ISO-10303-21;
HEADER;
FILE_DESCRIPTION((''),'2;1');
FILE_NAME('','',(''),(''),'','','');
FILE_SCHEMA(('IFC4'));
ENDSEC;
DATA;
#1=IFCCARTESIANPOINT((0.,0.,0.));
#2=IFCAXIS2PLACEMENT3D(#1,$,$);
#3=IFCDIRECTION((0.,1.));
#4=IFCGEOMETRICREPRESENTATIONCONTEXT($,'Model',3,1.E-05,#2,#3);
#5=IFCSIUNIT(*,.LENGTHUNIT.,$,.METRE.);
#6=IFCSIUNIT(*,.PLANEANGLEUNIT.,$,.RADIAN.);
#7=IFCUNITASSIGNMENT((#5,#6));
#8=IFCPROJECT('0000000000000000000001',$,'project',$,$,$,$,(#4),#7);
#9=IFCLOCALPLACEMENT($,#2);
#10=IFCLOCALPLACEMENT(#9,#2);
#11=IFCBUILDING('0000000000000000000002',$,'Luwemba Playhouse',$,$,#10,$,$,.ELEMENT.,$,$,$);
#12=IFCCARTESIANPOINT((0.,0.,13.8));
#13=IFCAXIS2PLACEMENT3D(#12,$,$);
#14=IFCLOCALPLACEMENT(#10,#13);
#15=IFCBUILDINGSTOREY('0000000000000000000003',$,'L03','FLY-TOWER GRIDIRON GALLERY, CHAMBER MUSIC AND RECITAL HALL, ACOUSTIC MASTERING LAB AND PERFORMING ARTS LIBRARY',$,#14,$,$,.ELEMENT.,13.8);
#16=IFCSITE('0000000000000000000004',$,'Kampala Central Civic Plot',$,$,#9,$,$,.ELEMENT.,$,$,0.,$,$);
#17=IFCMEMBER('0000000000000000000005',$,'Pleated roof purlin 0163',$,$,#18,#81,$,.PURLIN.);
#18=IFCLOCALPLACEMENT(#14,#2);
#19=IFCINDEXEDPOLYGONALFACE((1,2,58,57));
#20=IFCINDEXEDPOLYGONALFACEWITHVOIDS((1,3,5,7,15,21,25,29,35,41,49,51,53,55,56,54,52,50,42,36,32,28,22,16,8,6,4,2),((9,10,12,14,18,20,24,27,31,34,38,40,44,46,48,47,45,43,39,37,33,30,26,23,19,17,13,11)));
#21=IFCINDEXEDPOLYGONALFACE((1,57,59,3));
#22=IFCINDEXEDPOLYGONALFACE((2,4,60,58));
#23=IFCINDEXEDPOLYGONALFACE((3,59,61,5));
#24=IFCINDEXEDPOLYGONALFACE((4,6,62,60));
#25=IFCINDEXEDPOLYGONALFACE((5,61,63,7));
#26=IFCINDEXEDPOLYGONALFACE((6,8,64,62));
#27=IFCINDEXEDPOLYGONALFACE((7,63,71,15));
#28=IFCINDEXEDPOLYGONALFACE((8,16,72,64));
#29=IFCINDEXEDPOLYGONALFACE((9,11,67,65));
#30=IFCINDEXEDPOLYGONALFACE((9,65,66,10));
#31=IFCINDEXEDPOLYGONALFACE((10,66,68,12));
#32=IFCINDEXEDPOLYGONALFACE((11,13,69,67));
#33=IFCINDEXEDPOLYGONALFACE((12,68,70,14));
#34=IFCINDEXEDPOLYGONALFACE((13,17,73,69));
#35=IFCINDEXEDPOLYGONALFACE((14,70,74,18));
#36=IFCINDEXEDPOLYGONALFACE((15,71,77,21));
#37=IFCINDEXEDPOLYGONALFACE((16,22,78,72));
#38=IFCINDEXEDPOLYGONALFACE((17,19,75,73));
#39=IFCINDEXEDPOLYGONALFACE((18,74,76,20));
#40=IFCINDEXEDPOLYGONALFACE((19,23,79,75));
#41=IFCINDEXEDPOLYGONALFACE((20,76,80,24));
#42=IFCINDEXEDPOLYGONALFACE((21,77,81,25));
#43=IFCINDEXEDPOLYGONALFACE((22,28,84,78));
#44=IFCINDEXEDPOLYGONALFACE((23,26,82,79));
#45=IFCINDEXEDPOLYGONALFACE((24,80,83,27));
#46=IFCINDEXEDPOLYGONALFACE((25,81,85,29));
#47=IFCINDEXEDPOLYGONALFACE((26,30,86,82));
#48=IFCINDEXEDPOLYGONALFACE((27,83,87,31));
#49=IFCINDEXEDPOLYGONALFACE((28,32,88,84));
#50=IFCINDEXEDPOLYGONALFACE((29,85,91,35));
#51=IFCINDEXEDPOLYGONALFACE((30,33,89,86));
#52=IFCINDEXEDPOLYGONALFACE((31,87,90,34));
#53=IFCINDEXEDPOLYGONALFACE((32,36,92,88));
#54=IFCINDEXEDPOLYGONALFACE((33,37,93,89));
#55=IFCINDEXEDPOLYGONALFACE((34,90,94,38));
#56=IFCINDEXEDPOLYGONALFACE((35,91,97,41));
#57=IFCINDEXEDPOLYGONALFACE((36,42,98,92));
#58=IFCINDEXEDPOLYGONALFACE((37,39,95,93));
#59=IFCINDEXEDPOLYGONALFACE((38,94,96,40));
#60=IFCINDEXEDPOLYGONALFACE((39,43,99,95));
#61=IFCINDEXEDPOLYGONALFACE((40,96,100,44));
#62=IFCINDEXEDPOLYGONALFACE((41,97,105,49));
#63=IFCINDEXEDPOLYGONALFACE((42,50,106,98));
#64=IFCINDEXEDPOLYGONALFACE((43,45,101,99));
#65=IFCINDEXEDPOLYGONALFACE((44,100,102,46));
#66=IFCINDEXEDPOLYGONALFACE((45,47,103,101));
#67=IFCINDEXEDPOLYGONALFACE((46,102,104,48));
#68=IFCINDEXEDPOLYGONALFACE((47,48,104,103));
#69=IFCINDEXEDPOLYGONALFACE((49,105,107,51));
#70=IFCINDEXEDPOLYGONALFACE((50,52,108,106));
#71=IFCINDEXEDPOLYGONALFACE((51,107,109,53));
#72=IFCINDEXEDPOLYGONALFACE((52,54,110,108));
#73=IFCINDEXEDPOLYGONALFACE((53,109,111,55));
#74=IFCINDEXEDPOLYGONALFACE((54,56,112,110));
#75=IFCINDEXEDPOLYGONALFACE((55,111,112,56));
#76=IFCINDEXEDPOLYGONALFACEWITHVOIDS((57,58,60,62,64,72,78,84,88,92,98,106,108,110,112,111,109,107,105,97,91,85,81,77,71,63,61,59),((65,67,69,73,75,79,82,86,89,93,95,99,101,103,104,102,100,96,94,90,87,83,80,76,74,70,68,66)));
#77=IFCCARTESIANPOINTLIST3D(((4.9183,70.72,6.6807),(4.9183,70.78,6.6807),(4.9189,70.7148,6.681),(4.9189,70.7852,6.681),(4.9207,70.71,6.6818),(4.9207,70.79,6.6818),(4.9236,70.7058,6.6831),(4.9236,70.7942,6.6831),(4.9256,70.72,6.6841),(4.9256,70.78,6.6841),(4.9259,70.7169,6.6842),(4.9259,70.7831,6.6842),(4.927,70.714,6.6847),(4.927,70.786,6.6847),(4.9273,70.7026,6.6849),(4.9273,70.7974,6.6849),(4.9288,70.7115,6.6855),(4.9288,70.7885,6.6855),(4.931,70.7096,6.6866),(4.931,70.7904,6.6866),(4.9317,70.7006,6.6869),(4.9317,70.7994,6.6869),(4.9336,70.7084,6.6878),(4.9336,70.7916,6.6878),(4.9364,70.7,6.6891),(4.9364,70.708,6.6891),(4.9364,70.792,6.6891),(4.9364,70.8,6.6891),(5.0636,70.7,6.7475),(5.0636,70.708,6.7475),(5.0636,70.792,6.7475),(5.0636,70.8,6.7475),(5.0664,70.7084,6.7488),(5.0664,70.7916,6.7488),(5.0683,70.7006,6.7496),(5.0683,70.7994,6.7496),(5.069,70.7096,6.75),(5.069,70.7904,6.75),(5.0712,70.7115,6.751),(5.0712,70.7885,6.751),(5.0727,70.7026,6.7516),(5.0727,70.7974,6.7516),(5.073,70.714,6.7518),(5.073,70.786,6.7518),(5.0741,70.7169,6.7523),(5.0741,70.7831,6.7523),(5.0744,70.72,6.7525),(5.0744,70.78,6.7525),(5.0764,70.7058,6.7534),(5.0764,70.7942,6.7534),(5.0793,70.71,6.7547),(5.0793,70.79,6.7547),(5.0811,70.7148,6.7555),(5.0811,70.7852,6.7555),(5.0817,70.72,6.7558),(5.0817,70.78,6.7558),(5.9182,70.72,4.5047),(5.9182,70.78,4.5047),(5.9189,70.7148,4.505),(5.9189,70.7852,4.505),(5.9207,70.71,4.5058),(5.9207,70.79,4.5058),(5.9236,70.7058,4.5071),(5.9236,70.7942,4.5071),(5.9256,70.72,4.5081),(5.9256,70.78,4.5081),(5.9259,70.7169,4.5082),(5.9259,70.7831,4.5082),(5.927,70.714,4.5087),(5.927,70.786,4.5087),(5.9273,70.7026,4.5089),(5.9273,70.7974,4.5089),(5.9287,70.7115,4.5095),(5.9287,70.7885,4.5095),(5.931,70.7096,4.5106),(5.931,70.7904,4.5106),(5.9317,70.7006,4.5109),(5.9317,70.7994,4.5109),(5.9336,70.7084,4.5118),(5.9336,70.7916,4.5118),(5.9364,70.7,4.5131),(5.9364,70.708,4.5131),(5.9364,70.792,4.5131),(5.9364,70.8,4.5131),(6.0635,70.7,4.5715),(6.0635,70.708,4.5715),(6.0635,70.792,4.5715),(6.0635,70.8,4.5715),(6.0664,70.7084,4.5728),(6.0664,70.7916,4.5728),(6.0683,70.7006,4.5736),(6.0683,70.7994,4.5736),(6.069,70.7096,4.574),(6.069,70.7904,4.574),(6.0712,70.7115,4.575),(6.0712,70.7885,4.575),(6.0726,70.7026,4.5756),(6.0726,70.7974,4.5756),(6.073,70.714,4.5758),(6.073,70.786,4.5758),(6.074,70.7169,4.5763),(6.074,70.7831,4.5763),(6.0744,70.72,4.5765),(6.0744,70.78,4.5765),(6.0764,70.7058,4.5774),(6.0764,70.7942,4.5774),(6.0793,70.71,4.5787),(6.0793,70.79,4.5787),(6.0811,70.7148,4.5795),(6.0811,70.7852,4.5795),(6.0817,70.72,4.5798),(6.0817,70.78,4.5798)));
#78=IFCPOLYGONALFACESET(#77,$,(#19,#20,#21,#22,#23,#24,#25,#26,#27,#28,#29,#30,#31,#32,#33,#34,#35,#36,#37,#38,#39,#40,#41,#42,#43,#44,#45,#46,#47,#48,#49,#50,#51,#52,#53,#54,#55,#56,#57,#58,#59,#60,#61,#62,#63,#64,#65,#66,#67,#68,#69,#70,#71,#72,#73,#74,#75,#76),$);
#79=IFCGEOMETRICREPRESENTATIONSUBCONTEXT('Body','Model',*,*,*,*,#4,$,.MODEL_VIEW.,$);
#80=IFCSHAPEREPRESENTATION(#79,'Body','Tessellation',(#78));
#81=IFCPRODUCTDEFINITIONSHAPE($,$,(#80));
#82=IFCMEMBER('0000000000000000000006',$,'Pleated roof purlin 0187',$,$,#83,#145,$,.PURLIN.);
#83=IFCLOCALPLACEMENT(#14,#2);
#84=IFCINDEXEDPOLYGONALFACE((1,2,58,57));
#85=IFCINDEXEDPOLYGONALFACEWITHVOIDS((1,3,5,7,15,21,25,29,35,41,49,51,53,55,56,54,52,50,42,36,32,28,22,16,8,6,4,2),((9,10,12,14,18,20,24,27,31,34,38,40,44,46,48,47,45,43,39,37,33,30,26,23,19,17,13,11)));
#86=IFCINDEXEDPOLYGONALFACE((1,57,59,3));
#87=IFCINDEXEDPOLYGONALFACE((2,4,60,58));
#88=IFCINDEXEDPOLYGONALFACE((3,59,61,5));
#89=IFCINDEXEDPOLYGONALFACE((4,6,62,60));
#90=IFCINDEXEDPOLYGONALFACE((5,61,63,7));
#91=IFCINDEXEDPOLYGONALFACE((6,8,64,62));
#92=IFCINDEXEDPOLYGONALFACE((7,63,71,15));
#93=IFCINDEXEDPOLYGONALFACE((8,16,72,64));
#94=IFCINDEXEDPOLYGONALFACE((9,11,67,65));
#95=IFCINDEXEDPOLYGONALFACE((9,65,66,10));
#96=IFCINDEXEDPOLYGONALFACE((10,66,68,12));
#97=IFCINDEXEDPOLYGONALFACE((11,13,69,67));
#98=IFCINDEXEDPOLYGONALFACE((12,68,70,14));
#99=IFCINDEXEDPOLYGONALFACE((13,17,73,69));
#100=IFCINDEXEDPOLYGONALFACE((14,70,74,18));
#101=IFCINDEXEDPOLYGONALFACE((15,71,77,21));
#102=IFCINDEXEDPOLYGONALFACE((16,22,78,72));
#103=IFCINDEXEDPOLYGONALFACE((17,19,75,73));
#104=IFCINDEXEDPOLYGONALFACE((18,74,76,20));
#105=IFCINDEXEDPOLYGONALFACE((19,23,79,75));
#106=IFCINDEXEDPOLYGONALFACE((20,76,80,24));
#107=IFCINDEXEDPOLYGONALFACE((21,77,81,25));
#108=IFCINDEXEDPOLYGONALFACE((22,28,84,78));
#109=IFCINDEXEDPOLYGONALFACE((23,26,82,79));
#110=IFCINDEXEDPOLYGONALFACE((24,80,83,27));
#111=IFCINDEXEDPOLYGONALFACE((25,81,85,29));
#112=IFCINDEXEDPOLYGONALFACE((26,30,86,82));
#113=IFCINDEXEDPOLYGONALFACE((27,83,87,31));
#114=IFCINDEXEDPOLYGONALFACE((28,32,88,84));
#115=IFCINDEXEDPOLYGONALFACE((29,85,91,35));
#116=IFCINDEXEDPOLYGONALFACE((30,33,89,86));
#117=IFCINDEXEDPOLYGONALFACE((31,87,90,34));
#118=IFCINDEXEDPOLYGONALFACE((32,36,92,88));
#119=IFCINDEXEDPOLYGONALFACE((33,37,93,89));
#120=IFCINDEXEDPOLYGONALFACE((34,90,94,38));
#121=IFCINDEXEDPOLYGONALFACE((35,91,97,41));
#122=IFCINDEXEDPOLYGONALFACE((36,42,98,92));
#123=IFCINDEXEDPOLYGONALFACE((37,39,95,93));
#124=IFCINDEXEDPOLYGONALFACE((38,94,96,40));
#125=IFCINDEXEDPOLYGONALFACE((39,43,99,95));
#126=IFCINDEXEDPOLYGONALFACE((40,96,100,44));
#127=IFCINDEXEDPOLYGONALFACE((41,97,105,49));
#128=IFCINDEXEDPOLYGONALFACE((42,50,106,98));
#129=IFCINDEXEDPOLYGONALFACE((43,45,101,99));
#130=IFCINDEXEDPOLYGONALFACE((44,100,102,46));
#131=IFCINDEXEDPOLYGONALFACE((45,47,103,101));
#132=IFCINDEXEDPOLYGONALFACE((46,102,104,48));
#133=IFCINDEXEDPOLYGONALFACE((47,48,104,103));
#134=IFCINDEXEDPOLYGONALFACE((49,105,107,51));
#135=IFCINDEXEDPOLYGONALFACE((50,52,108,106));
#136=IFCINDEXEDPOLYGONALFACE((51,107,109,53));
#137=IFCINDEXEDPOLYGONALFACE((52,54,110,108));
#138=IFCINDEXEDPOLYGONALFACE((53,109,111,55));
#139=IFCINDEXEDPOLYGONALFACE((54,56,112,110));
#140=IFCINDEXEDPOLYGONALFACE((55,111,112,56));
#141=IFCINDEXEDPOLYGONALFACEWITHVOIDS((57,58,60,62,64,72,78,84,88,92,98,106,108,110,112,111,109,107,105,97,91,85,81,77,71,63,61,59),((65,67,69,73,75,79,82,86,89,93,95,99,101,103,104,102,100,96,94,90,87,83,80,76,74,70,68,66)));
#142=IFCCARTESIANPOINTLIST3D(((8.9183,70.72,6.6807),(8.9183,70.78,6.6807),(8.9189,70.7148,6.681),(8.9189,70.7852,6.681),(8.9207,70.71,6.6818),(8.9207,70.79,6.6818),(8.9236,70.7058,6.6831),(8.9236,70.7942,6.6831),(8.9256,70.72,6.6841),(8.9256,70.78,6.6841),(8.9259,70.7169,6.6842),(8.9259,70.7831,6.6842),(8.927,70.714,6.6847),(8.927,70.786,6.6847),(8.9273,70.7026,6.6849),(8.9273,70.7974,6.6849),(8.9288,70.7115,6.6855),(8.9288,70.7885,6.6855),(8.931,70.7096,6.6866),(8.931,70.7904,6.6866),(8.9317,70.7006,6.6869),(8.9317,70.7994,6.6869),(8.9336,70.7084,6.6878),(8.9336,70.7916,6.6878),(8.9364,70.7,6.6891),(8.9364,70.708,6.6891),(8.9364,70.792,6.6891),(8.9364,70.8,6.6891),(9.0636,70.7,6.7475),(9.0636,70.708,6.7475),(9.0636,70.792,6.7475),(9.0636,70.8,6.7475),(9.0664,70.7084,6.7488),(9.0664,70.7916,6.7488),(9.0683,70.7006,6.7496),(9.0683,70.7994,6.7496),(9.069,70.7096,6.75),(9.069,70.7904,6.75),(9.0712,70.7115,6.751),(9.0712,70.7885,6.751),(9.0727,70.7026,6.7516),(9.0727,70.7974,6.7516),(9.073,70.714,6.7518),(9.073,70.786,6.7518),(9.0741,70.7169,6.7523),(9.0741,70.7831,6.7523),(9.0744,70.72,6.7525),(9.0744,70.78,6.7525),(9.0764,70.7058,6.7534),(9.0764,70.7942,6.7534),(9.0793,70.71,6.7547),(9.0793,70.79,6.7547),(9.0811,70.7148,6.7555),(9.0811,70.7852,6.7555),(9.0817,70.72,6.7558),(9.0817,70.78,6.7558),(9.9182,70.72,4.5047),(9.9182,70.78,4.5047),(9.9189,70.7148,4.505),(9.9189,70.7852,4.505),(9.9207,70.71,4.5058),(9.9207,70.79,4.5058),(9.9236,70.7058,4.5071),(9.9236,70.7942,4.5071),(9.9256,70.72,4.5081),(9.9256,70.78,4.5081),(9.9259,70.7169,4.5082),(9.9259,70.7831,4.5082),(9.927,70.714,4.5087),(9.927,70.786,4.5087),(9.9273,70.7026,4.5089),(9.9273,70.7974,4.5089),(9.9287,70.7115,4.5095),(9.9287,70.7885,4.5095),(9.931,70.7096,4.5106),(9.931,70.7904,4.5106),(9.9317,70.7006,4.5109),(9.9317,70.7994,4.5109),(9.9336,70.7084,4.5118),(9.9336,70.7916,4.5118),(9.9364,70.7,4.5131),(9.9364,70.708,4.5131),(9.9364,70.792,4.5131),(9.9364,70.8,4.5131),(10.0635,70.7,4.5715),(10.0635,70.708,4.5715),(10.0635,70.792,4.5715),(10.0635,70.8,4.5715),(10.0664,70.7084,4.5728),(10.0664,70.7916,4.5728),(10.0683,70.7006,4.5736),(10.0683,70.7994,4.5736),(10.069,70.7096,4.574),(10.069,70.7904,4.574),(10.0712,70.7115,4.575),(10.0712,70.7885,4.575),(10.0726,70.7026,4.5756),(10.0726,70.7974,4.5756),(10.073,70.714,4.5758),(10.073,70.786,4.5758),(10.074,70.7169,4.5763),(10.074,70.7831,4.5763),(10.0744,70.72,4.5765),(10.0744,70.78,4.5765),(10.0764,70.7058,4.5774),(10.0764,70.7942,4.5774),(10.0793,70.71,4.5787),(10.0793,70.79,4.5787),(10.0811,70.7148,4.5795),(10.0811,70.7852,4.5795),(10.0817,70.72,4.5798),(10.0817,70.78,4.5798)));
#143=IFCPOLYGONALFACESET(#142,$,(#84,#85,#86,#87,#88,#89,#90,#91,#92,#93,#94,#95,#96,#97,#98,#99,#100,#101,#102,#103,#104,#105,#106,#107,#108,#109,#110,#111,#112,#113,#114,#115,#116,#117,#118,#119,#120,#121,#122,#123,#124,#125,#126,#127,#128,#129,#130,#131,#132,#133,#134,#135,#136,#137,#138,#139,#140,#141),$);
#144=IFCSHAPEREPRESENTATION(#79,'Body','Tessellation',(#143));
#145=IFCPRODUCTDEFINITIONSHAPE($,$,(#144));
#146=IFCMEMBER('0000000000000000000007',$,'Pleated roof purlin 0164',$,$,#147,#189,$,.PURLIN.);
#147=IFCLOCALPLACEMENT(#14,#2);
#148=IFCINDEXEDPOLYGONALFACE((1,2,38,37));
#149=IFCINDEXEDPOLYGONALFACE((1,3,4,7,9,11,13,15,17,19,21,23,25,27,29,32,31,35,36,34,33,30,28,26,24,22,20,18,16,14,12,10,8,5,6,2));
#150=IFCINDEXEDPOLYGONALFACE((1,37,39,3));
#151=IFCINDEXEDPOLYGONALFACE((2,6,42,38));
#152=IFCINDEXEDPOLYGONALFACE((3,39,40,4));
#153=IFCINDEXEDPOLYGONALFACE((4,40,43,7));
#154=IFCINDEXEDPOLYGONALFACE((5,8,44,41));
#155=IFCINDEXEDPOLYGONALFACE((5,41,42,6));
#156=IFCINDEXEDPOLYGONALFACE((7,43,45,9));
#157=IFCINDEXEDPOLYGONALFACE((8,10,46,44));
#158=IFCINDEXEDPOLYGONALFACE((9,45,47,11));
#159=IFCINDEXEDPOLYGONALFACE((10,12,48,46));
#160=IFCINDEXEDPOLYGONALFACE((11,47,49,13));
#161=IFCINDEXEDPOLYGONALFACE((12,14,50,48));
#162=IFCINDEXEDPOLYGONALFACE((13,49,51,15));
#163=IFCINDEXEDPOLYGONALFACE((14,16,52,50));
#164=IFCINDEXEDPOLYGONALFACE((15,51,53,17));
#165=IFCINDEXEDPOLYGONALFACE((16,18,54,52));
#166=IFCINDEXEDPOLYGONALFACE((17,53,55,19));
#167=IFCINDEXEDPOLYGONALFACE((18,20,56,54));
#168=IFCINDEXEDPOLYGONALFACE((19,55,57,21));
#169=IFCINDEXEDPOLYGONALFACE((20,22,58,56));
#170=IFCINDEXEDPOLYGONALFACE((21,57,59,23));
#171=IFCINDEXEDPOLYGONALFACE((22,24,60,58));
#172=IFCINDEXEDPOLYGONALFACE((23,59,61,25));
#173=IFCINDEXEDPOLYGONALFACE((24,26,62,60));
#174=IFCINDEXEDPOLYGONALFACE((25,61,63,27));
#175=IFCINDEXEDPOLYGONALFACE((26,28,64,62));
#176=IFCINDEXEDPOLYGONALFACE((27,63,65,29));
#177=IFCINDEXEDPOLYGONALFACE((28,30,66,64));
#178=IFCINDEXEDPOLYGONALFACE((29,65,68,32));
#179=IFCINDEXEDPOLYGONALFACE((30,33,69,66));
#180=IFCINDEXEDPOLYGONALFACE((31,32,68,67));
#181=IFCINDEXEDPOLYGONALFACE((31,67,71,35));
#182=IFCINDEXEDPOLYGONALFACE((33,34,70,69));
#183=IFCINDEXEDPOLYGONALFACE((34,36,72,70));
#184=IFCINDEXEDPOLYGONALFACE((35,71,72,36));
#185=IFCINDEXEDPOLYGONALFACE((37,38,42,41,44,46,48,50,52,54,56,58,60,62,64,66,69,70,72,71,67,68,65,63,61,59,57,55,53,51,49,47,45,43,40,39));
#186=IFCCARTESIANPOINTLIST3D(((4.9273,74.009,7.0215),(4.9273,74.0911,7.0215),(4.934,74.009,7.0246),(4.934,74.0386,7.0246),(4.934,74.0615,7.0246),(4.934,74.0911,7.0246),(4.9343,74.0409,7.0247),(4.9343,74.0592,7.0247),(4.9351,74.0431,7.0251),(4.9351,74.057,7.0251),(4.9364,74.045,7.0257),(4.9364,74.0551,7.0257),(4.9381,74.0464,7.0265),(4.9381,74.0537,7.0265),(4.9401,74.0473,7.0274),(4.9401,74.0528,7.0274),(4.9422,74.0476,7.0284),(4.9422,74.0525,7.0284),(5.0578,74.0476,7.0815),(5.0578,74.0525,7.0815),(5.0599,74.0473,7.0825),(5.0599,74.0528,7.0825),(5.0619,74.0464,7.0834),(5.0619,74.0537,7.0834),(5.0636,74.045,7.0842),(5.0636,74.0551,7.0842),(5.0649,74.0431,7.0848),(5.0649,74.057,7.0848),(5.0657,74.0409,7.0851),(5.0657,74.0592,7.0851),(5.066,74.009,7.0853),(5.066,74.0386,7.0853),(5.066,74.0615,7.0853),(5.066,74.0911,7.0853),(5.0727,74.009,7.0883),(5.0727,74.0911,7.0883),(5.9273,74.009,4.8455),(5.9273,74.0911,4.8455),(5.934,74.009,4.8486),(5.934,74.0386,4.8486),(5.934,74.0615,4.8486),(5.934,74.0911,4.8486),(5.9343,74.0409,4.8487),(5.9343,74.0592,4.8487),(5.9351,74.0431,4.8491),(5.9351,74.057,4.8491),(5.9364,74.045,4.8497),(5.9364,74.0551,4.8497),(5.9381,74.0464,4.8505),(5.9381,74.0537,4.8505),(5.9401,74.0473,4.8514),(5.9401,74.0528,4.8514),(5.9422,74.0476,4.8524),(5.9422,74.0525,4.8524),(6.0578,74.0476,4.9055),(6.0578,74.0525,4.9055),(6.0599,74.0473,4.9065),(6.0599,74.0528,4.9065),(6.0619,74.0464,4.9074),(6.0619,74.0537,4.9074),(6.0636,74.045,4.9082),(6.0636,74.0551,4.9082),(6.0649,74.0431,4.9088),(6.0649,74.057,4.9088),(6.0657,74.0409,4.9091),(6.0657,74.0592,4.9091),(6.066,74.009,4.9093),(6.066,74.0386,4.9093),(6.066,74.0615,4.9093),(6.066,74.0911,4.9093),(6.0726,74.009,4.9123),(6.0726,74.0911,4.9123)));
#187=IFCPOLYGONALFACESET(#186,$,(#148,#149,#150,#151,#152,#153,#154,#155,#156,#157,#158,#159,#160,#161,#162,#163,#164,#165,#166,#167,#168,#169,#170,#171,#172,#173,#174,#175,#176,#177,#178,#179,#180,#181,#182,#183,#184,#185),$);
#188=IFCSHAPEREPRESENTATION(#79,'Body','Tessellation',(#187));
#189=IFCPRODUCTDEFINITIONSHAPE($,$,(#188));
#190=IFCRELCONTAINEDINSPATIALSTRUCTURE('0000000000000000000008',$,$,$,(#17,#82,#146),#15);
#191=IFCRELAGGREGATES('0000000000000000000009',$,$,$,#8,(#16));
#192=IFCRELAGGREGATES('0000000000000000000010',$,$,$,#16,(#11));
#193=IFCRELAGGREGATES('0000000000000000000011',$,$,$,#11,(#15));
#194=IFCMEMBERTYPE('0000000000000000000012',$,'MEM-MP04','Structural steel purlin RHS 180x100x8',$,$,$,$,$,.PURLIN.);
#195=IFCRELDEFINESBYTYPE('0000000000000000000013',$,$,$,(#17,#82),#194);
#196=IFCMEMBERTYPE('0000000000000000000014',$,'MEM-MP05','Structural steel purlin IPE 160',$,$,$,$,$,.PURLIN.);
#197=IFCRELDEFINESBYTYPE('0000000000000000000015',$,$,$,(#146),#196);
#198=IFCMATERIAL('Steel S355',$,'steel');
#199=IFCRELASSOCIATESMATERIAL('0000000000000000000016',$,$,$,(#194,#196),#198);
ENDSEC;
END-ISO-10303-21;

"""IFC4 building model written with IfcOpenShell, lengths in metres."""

from ifc_helpers import new_model, si_unit, direction, frame, origin, origin_2d, place, context, subcontext, project, spatial, hollow_rectangle, i_section, extrude, material, material_profile, profile_set, type_object, element, save


model = new_model("IFC4")

# Units and contexts
model_context = context("Model", 3, precision=1e-05, world=origin(), true_north=direction((0.0, 1.0)))
body_context = subcontext(model_context, "Body", "Model", "MODEL_VIEW")
ifc_project = project(units=[si_unit("LENGTHUNIT", "METRE"), si_unit("PLANEANGLEUNIT", "RADIAN")], contexts=[model_context])

# Site, building, storey
site_placement = place(None, origin())
site = spatial("IfcSite", under=ifc_project, at=site_placement, Name="Kampala Central Civic Plot", CompositionType="ELEMENT", RefElevation=0.0)
building_placement = place(site_placement, origin())
building = spatial("IfcBuilding", under=site, at=building_placement, Name="Luwemba Playhouse", CompositionType="ELEMENT")
storey_placement = place(building_placement, frame((0.0, 0.0, 13.8)))
storey = spatial("IfcBuildingStorey", under=building, at=storey_placement, Name="L03", Description="FLY-TOWER GRIDIRON GALLERY, CHAMBER MUSIC AND RECITAL HALL, ACOUSTIC MASTERING LAB AND PERFORMING ARTS LIBRARY", CompositionType="ELEMENT", Elevation=13.8)

# Members
ifc_material_1 = material(Name="Steel S355", Category="steel")
ifc_material_profile_1 = material_profile(ifc_material_1, hollow_rectangle(XDim=0.1001, YDim=0.1799, WallThickness=0.0081, InnerFilletRadius=0.012, OuterFilletRadius=0.02, at=origin_2d()))
ifc_profile_set_1 = profile_set([ifc_material_profile_1], Name="Steel S355")
member_type_1 = type_object("IfcMemberType", Name="MEM-MP04", Description="Structural steel purlin RHS 180x100x8", PredefinedType="PURLIN", material=ifc_profile_set_1)
for number, where, z_axis, x_axis, name in (
    (1, (5.0, 70.75, 6.7183), (0.417571, 0.0, -0.908644), (0.0, 1.0, 0.0), "Pleated roof purlin 0163"),
    (2, (9.0, 70.75, 6.7183), (0.417571, 0.0, -0.908644), (0.0, 1.0, 0.0), "Pleated roof purlin 0187"),
):
    element("IfcMember", number, at=place(storey_placement, frame(where, z_axis=z_axis, x_axis=x_axis)), inside=storey, type_object=member_type_1, Name=name, PredefinedType="PURLIN", context=body_context, shape_type="SweptSolid", body=[
        extrude(hollow_rectangle(XDim=0.1001, YDim=0.1799, WallThickness=0.0081, InnerFilletRadius=0.012, OuterFilletRadius=0.02, at=origin_2d()), origin(), (0.0, 0.0, 1.0), 2.3948),
    ])
ifc_material_profile_2 = material_profile(ifc_material_1, i_section(OverallWidth=0.082, OverallDepth=0.1599, WebThickness=0.0049, FlangeThickness=0.0073, FilletRadius=0.009, at=origin_2d()))
ifc_profile_set_2 = profile_set([ifc_material_profile_2], Name="Steel S355")
member_type_2 = type_object("IfcMemberType", Name="MEM-MP05", Description="Structural steel purlin IPE 160", PredefinedType="PURLIN", material=ifc_profile_set_2)
for number, where, z_axis, x_axis, name in (
    (3, (5.0, 74.05, 7.0549), (0.417571, 0.0, -0.908644), (0.0, 1.0, 0.0), "Pleated roof purlin 0164"),
):
    element("IfcMember", number, at=place(storey_placement, frame(where, z_axis=z_axis, x_axis=x_axis)), inside=storey, type_object=member_type_2, Name=name, PredefinedType="PURLIN", context=body_context, shape_type="SweptSolid", body=[
        extrude(i_section(OverallWidth=0.082, OverallDepth=0.1599, WebThickness=0.0049, FlangeThickness=0.0073, FilletRadius=0.009, at=origin_2d()), origin(), (0.0, 0.0, 1.0), 2.3948),
    ])

save(model, "model.ifc")
